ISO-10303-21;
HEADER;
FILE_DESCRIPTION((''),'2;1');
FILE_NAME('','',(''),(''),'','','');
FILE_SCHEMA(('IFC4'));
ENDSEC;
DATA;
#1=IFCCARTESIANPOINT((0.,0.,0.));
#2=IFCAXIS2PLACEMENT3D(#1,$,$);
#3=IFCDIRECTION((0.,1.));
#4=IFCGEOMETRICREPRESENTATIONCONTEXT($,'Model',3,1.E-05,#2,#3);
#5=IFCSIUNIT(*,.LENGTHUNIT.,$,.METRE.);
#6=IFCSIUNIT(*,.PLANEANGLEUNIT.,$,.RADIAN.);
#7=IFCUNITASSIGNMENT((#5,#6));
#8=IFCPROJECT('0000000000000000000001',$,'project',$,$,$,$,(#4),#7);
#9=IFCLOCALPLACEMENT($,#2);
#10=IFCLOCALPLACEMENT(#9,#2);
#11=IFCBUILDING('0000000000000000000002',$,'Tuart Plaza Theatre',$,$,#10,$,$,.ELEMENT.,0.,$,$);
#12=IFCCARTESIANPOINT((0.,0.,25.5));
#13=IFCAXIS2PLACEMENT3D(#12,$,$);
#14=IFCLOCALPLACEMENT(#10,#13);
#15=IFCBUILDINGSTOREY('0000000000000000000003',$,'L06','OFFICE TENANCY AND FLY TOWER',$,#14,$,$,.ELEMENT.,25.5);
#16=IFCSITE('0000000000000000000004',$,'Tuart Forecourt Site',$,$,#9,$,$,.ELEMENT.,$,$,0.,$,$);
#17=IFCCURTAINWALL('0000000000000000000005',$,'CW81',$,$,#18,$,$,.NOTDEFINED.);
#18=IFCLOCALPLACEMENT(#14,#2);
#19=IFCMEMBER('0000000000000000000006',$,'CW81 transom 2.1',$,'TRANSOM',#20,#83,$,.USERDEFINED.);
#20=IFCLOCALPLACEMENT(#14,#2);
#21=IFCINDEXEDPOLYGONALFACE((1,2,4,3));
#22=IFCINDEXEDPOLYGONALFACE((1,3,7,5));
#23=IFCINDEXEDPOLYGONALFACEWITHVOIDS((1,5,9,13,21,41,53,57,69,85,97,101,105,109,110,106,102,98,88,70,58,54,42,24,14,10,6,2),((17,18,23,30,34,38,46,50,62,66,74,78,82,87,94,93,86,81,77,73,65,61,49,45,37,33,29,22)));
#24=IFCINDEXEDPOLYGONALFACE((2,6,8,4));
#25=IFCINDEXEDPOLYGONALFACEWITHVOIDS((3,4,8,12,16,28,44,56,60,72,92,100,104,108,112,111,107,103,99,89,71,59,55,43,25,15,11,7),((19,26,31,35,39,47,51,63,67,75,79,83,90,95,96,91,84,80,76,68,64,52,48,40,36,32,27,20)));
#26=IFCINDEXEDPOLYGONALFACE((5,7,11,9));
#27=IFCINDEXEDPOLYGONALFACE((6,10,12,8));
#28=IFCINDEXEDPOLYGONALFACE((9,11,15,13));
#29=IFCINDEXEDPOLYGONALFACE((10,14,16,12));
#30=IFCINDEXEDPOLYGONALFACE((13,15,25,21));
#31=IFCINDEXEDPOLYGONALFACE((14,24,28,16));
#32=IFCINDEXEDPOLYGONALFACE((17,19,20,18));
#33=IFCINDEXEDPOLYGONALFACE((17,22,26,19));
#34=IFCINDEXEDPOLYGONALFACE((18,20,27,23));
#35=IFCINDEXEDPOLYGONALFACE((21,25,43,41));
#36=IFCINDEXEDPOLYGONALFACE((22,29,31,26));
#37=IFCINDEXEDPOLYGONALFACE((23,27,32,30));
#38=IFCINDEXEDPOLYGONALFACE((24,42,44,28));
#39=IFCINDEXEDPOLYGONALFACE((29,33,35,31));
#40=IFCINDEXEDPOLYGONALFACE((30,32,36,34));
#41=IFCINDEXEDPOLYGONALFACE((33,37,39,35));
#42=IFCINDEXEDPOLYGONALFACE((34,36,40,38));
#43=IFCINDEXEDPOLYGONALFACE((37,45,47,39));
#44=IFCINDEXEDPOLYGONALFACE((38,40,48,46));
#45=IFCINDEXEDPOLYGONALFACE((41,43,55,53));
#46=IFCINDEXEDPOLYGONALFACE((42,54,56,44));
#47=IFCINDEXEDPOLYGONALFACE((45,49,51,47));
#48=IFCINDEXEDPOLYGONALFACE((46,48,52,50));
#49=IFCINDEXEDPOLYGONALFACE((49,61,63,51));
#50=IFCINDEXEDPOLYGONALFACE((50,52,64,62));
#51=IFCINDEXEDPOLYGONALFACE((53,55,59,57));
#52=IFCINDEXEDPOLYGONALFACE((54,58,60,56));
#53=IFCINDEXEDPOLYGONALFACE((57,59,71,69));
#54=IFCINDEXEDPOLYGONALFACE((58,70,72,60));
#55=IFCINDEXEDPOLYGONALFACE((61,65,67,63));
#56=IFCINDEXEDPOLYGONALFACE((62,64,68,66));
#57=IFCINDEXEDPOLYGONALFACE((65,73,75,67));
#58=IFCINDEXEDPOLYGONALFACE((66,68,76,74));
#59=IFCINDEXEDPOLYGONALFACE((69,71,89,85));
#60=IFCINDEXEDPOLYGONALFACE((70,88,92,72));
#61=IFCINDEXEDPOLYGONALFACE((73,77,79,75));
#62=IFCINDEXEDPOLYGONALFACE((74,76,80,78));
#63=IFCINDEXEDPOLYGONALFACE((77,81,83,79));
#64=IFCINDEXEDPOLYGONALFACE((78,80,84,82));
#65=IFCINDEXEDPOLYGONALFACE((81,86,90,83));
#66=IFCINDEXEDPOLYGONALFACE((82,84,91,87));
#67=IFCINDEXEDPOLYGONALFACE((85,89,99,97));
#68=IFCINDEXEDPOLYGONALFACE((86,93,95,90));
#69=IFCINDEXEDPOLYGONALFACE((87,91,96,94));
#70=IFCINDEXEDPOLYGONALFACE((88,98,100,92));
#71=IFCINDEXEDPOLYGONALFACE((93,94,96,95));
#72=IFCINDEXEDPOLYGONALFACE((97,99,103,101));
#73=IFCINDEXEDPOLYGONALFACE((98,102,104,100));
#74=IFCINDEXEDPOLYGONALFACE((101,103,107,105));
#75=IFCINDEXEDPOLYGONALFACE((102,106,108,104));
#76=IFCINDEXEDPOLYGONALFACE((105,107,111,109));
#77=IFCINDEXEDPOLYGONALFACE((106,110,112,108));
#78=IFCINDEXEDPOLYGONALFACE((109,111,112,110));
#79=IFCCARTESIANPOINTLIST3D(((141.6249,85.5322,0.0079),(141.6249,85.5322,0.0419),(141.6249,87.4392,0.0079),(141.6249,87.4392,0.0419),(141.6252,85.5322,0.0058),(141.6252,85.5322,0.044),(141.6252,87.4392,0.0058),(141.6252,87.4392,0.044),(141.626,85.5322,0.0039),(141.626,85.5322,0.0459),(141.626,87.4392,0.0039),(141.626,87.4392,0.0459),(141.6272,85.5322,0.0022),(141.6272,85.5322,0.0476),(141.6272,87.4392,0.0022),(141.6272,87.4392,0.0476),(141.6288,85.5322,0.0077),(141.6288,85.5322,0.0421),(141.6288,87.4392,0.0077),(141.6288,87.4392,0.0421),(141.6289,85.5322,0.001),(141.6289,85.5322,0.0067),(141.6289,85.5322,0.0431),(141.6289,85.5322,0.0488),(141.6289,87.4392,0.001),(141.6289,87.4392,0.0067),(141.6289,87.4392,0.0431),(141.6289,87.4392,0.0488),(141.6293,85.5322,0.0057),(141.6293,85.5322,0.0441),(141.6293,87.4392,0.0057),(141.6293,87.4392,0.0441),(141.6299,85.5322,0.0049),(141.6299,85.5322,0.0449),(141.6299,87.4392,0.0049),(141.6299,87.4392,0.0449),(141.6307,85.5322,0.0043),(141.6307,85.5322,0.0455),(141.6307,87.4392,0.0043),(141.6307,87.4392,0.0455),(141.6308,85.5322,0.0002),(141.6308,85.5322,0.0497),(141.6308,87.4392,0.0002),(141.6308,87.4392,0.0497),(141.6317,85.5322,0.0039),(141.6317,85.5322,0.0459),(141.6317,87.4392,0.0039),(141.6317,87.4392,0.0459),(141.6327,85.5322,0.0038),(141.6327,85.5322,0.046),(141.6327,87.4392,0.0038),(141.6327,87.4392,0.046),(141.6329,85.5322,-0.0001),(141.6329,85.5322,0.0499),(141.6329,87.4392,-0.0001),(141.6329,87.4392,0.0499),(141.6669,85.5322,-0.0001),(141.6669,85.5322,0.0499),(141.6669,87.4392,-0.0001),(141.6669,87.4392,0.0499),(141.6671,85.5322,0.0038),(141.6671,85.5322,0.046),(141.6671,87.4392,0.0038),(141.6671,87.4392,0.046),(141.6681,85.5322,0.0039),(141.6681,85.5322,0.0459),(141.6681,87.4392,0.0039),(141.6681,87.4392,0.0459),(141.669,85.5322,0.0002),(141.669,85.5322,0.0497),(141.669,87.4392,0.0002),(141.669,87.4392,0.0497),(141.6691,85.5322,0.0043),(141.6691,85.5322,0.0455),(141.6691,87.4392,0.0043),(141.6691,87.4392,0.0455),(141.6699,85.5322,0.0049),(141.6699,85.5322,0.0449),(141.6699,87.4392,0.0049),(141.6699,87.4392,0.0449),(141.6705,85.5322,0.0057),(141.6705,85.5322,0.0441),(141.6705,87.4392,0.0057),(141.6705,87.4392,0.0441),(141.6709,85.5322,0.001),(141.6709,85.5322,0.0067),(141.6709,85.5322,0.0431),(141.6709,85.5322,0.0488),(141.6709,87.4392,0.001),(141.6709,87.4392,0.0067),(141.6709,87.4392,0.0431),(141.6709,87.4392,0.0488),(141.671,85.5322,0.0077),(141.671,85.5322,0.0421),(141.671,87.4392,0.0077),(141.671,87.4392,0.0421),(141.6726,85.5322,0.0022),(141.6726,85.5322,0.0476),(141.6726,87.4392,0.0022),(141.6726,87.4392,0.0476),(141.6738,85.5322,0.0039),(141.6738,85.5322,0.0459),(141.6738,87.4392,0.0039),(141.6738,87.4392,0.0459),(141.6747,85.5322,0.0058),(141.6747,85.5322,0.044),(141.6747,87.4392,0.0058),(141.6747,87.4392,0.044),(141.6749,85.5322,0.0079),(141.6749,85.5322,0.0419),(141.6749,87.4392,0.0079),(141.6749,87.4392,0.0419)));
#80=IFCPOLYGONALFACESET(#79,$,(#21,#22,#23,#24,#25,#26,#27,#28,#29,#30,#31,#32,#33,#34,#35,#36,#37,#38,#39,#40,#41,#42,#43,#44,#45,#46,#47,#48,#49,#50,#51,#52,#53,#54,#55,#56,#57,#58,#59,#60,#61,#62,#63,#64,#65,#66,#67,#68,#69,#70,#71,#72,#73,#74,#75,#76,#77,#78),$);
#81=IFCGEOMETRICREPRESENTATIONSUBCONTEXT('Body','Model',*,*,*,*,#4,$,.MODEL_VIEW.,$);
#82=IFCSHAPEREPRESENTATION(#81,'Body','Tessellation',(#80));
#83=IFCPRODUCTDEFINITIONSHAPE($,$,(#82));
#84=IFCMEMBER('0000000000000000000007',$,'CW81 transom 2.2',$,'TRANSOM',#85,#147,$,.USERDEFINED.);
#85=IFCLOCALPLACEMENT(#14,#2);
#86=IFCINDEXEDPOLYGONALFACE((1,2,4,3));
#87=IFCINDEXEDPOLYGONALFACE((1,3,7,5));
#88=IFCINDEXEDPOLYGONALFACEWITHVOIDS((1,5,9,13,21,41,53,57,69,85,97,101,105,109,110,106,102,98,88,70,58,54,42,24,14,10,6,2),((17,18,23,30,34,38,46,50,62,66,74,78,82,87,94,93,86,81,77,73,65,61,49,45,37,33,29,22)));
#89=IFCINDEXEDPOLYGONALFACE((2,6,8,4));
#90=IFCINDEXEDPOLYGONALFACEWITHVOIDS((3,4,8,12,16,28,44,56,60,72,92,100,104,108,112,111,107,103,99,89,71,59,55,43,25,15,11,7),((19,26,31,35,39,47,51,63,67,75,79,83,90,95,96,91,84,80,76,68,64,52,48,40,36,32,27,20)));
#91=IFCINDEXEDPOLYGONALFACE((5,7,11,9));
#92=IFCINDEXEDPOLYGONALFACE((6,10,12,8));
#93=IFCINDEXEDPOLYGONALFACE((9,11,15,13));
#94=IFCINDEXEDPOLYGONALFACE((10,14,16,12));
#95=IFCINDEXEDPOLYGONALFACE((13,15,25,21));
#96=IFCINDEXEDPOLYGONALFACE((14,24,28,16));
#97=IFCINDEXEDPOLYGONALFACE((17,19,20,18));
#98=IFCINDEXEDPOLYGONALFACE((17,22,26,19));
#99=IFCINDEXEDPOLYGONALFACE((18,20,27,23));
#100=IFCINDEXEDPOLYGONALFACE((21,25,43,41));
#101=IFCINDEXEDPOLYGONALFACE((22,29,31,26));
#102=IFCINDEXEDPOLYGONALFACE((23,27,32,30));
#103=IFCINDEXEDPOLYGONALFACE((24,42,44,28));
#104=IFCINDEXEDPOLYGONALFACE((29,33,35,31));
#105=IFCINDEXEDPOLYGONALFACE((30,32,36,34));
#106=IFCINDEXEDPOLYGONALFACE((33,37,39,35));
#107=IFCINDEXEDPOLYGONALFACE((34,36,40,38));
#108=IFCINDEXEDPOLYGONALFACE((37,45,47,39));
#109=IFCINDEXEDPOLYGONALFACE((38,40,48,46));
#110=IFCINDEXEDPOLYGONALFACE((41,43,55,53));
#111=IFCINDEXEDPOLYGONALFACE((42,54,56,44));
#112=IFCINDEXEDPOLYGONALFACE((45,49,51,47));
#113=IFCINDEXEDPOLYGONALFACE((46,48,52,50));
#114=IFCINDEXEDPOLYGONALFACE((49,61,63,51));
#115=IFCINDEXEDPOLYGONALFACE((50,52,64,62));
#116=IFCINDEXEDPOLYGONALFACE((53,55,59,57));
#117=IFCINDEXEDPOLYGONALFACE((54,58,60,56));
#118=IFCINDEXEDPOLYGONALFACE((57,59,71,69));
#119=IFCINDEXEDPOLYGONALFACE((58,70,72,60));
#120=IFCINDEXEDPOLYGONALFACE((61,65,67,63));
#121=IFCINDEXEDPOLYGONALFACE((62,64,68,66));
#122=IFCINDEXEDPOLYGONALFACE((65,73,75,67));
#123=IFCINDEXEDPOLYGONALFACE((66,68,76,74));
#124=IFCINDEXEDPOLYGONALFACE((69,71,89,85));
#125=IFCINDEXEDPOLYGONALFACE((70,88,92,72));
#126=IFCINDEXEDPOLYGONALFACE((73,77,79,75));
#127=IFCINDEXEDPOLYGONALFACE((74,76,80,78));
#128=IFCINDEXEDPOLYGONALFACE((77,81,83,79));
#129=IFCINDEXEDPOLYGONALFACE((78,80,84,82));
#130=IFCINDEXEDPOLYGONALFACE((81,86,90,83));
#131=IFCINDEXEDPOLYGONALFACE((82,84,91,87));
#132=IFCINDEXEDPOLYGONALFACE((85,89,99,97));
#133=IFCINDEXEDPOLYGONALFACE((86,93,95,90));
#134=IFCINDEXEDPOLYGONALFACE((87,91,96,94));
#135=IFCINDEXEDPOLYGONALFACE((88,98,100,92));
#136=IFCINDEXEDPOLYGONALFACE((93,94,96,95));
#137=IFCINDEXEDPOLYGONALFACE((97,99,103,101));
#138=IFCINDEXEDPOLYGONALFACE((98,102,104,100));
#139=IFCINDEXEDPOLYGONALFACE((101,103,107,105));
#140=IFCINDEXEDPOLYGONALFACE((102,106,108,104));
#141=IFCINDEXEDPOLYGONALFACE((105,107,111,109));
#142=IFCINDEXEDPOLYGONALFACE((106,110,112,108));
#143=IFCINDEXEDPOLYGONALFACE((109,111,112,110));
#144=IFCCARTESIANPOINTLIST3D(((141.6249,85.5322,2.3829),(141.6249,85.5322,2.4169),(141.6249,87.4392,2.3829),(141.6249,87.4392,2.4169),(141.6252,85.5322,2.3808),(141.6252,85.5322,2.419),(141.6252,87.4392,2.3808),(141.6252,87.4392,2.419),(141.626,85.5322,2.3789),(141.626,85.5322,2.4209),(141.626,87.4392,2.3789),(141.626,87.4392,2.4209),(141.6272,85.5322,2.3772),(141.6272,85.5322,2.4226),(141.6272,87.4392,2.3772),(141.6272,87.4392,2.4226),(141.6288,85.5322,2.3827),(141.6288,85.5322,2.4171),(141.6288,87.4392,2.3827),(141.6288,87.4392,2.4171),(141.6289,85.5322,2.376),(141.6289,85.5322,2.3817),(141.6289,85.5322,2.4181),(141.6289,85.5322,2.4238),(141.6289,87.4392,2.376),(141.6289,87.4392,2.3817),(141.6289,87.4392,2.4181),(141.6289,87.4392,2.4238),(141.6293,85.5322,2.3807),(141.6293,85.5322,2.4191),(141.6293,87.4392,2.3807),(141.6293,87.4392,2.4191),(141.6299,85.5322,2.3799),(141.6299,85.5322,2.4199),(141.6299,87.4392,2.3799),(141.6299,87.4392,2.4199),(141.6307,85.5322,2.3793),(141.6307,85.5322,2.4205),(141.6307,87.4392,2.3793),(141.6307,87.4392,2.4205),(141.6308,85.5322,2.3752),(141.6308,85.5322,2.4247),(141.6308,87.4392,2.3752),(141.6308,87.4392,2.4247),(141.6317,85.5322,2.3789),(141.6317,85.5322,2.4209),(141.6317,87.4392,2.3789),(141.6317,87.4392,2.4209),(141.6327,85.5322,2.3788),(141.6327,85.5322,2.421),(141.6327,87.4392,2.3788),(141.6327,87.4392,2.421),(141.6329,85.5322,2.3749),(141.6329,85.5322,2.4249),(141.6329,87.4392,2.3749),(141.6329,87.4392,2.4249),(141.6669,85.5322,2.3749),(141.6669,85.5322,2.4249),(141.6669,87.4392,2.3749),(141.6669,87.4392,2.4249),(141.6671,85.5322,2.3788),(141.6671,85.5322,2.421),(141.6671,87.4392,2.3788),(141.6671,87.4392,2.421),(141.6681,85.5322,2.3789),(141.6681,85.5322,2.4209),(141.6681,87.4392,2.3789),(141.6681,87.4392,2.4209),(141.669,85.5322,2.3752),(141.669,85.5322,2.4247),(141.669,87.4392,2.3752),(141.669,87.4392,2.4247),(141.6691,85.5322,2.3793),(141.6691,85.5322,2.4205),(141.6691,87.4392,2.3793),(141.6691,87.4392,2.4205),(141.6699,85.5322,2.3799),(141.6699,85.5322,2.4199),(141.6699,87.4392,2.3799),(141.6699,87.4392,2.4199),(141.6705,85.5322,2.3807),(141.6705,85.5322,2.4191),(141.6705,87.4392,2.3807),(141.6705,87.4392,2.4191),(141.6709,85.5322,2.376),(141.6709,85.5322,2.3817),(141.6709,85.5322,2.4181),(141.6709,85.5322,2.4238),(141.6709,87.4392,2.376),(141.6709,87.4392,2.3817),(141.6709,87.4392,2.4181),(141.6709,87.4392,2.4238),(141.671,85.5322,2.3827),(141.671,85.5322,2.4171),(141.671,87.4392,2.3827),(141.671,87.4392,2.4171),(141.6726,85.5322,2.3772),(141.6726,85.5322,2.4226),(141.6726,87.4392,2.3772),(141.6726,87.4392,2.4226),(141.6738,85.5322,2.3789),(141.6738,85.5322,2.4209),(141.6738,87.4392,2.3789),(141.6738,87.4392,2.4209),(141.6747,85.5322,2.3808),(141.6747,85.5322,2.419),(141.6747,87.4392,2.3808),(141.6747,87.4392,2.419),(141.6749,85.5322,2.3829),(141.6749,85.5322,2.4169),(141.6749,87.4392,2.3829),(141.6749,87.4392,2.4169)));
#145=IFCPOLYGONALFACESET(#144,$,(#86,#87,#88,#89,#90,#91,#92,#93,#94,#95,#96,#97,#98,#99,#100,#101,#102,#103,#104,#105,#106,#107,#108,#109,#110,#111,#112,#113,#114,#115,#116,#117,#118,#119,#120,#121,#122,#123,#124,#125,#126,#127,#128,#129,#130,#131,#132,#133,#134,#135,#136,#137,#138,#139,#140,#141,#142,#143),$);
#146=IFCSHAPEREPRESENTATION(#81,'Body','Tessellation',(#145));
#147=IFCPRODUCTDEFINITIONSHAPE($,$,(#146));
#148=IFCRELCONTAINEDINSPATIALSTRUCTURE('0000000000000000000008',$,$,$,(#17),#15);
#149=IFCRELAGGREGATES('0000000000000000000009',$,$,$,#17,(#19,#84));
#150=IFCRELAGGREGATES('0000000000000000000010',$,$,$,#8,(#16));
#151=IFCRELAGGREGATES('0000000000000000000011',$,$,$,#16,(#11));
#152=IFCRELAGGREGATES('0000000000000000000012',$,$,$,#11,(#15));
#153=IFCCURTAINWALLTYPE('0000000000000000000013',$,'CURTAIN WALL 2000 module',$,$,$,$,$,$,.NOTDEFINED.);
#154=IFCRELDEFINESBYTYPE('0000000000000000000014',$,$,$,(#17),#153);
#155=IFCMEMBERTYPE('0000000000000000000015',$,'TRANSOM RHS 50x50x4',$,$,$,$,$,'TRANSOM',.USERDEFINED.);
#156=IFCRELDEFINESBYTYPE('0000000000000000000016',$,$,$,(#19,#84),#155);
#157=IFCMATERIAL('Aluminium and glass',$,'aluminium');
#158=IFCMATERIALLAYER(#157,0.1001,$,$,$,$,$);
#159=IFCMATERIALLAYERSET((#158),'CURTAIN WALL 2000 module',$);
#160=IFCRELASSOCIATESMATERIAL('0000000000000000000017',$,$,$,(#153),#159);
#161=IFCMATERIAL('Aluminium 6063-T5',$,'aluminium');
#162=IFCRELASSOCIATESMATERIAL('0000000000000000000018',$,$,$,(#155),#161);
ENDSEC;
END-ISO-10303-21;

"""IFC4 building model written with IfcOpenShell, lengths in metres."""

from ifc_helpers import new_model, si_unit, direction, frame, origin, origin_2d, place, context, subcontext, project, spatial, hollow_rectangle, extrude, material, layer, layer_set, material_profile, profile_set, type_object, element, aggregate, save


model = new_model("IFC4")

# Units and contexts
model_context = context("Model", 3, precision=1e-05, world=origin(), true_north=direction((0.0, 1.0)))
body_context = subcontext(model_context, "Body", "Model", "MODEL_VIEW")
ifc_project = project(units=[si_unit("LENGTHUNIT", "METRE"), si_unit("PLANEANGLEUNIT", "RADIAN")], contexts=[model_context])

# Site, building, storey
site_placement = place(None, origin())
site = spatial("IfcSite", under=ifc_project, at=site_placement, Name="Tuart Forecourt Site", CompositionType="ELEMENT", RefElevation=0.0)
building_placement = place(site_placement, origin())
building = spatial("IfcBuilding", under=site, at=building_placement, Name="Tuart Plaza Theatre", CompositionType="ELEMENT", ElevationOfRefHeight=0.0)
storey_placement = place(building_placement, frame((0.0, 0.0, 25.5)))
storey = spatial("IfcBuildingStorey", under=building, at=storey_placement, Name="L06", Description="OFFICE TENANCY AND FLY TOWER", CompositionType="ELEMENT", Elevation=25.5)

# Shared definitions
ifc_material_1 = material(Name="Aluminium and glass", Category="aluminium")
ifc_layer_1 = layer(ifc_material_1, 0.1001)
ifc_layer_set_1 = layer_set([ifc_layer_1], Name="CURTAIN WALL 2000 module")
curtain_wall_type = type_object("IfcCurtainWallType", Name="CURTAIN WALL 2000 module", PredefinedType="NOTDEFINED", material=ifc_layer_set_1)

# Curtain wall
curtain_wall_1_placement = place(storey_placement, origin())
curtain_wall_1 = element("IfcCurtainWall", 1, at=curtain_wall_1_placement, inside=storey, type_object=curtain_wall_type, Name="CW81", PredefinedType="NOTDEFINED")

# Members
ifc_material_2 = material(Name="Aluminium 6063-T5", Category="aluminium")
ifc_material_profile_1 = material_profile(ifc_material_2, hollow_rectangle(XDim=0.05, YDim=0.05, WallThickness=0.0039, InnerFilletRadius=0.0039, OuterFilletRadius=0.0081, at=origin_2d()), Name="RHS 50x50x4")
ifc_profile_set_1 = profile_set([ifc_material_profile_1], Name="Aluminium 6063-T5")
member_type_1 = type_object("IfcMemberType", Name="TRANSOM RHS 50x50x4", ElementType="TRANSOM", PredefinedType="USERDEFINED", material=ifc_profile_set_1)
member_1_placement = place(storey_placement, frame((141.6499, 85.5322, 0.0249), z_axis=(0.0, 1.0, 0.0), x_axis=(-1.0, 0.0, 0.0)))
member_1 = element("IfcMember", 2, at=member_1_placement, type_object=member_type_1, Name="CW81 transom 2.1", ObjectType="TRANSOM", PredefinedType="USERDEFINED", context=body_context, shape_type="SweptSolid", body=[
    extrude(hollow_rectangle(XDim=0.05, YDim=0.05, WallThickness=0.0039, InnerFilletRadius=0.0039, OuterFilletRadius=0.0081, at=origin_2d()), origin(), (0.0, 0.0, 1.0), 1.907),
])
member_2_placement = place(storey_placement, frame((141.6499, 85.5322, 2.3999), z_axis=(0.0, 1.0, 0.0), x_axis=(-1.0, 0.0, 0.0)))
member_2 = element("IfcMember", 3, at=member_2_placement, type_object=member_type_1, Name="CW81 transom 2.2", ObjectType="TRANSOM", PredefinedType="USERDEFINED", context=body_context, shape_type="SweptSolid", body=[
    extrude(hollow_rectangle(XDim=0.05, YDim=0.05, WallThickness=0.0039, InnerFilletRadius=0.0039, OuterFilletRadius=0.0081, at=origin_2d()), origin(), (0.0, 0.0, 1.0), 1.907),
])

aggregate(curtain_wall_1, [member_1, member_2])

save(model, "model.ifc")
